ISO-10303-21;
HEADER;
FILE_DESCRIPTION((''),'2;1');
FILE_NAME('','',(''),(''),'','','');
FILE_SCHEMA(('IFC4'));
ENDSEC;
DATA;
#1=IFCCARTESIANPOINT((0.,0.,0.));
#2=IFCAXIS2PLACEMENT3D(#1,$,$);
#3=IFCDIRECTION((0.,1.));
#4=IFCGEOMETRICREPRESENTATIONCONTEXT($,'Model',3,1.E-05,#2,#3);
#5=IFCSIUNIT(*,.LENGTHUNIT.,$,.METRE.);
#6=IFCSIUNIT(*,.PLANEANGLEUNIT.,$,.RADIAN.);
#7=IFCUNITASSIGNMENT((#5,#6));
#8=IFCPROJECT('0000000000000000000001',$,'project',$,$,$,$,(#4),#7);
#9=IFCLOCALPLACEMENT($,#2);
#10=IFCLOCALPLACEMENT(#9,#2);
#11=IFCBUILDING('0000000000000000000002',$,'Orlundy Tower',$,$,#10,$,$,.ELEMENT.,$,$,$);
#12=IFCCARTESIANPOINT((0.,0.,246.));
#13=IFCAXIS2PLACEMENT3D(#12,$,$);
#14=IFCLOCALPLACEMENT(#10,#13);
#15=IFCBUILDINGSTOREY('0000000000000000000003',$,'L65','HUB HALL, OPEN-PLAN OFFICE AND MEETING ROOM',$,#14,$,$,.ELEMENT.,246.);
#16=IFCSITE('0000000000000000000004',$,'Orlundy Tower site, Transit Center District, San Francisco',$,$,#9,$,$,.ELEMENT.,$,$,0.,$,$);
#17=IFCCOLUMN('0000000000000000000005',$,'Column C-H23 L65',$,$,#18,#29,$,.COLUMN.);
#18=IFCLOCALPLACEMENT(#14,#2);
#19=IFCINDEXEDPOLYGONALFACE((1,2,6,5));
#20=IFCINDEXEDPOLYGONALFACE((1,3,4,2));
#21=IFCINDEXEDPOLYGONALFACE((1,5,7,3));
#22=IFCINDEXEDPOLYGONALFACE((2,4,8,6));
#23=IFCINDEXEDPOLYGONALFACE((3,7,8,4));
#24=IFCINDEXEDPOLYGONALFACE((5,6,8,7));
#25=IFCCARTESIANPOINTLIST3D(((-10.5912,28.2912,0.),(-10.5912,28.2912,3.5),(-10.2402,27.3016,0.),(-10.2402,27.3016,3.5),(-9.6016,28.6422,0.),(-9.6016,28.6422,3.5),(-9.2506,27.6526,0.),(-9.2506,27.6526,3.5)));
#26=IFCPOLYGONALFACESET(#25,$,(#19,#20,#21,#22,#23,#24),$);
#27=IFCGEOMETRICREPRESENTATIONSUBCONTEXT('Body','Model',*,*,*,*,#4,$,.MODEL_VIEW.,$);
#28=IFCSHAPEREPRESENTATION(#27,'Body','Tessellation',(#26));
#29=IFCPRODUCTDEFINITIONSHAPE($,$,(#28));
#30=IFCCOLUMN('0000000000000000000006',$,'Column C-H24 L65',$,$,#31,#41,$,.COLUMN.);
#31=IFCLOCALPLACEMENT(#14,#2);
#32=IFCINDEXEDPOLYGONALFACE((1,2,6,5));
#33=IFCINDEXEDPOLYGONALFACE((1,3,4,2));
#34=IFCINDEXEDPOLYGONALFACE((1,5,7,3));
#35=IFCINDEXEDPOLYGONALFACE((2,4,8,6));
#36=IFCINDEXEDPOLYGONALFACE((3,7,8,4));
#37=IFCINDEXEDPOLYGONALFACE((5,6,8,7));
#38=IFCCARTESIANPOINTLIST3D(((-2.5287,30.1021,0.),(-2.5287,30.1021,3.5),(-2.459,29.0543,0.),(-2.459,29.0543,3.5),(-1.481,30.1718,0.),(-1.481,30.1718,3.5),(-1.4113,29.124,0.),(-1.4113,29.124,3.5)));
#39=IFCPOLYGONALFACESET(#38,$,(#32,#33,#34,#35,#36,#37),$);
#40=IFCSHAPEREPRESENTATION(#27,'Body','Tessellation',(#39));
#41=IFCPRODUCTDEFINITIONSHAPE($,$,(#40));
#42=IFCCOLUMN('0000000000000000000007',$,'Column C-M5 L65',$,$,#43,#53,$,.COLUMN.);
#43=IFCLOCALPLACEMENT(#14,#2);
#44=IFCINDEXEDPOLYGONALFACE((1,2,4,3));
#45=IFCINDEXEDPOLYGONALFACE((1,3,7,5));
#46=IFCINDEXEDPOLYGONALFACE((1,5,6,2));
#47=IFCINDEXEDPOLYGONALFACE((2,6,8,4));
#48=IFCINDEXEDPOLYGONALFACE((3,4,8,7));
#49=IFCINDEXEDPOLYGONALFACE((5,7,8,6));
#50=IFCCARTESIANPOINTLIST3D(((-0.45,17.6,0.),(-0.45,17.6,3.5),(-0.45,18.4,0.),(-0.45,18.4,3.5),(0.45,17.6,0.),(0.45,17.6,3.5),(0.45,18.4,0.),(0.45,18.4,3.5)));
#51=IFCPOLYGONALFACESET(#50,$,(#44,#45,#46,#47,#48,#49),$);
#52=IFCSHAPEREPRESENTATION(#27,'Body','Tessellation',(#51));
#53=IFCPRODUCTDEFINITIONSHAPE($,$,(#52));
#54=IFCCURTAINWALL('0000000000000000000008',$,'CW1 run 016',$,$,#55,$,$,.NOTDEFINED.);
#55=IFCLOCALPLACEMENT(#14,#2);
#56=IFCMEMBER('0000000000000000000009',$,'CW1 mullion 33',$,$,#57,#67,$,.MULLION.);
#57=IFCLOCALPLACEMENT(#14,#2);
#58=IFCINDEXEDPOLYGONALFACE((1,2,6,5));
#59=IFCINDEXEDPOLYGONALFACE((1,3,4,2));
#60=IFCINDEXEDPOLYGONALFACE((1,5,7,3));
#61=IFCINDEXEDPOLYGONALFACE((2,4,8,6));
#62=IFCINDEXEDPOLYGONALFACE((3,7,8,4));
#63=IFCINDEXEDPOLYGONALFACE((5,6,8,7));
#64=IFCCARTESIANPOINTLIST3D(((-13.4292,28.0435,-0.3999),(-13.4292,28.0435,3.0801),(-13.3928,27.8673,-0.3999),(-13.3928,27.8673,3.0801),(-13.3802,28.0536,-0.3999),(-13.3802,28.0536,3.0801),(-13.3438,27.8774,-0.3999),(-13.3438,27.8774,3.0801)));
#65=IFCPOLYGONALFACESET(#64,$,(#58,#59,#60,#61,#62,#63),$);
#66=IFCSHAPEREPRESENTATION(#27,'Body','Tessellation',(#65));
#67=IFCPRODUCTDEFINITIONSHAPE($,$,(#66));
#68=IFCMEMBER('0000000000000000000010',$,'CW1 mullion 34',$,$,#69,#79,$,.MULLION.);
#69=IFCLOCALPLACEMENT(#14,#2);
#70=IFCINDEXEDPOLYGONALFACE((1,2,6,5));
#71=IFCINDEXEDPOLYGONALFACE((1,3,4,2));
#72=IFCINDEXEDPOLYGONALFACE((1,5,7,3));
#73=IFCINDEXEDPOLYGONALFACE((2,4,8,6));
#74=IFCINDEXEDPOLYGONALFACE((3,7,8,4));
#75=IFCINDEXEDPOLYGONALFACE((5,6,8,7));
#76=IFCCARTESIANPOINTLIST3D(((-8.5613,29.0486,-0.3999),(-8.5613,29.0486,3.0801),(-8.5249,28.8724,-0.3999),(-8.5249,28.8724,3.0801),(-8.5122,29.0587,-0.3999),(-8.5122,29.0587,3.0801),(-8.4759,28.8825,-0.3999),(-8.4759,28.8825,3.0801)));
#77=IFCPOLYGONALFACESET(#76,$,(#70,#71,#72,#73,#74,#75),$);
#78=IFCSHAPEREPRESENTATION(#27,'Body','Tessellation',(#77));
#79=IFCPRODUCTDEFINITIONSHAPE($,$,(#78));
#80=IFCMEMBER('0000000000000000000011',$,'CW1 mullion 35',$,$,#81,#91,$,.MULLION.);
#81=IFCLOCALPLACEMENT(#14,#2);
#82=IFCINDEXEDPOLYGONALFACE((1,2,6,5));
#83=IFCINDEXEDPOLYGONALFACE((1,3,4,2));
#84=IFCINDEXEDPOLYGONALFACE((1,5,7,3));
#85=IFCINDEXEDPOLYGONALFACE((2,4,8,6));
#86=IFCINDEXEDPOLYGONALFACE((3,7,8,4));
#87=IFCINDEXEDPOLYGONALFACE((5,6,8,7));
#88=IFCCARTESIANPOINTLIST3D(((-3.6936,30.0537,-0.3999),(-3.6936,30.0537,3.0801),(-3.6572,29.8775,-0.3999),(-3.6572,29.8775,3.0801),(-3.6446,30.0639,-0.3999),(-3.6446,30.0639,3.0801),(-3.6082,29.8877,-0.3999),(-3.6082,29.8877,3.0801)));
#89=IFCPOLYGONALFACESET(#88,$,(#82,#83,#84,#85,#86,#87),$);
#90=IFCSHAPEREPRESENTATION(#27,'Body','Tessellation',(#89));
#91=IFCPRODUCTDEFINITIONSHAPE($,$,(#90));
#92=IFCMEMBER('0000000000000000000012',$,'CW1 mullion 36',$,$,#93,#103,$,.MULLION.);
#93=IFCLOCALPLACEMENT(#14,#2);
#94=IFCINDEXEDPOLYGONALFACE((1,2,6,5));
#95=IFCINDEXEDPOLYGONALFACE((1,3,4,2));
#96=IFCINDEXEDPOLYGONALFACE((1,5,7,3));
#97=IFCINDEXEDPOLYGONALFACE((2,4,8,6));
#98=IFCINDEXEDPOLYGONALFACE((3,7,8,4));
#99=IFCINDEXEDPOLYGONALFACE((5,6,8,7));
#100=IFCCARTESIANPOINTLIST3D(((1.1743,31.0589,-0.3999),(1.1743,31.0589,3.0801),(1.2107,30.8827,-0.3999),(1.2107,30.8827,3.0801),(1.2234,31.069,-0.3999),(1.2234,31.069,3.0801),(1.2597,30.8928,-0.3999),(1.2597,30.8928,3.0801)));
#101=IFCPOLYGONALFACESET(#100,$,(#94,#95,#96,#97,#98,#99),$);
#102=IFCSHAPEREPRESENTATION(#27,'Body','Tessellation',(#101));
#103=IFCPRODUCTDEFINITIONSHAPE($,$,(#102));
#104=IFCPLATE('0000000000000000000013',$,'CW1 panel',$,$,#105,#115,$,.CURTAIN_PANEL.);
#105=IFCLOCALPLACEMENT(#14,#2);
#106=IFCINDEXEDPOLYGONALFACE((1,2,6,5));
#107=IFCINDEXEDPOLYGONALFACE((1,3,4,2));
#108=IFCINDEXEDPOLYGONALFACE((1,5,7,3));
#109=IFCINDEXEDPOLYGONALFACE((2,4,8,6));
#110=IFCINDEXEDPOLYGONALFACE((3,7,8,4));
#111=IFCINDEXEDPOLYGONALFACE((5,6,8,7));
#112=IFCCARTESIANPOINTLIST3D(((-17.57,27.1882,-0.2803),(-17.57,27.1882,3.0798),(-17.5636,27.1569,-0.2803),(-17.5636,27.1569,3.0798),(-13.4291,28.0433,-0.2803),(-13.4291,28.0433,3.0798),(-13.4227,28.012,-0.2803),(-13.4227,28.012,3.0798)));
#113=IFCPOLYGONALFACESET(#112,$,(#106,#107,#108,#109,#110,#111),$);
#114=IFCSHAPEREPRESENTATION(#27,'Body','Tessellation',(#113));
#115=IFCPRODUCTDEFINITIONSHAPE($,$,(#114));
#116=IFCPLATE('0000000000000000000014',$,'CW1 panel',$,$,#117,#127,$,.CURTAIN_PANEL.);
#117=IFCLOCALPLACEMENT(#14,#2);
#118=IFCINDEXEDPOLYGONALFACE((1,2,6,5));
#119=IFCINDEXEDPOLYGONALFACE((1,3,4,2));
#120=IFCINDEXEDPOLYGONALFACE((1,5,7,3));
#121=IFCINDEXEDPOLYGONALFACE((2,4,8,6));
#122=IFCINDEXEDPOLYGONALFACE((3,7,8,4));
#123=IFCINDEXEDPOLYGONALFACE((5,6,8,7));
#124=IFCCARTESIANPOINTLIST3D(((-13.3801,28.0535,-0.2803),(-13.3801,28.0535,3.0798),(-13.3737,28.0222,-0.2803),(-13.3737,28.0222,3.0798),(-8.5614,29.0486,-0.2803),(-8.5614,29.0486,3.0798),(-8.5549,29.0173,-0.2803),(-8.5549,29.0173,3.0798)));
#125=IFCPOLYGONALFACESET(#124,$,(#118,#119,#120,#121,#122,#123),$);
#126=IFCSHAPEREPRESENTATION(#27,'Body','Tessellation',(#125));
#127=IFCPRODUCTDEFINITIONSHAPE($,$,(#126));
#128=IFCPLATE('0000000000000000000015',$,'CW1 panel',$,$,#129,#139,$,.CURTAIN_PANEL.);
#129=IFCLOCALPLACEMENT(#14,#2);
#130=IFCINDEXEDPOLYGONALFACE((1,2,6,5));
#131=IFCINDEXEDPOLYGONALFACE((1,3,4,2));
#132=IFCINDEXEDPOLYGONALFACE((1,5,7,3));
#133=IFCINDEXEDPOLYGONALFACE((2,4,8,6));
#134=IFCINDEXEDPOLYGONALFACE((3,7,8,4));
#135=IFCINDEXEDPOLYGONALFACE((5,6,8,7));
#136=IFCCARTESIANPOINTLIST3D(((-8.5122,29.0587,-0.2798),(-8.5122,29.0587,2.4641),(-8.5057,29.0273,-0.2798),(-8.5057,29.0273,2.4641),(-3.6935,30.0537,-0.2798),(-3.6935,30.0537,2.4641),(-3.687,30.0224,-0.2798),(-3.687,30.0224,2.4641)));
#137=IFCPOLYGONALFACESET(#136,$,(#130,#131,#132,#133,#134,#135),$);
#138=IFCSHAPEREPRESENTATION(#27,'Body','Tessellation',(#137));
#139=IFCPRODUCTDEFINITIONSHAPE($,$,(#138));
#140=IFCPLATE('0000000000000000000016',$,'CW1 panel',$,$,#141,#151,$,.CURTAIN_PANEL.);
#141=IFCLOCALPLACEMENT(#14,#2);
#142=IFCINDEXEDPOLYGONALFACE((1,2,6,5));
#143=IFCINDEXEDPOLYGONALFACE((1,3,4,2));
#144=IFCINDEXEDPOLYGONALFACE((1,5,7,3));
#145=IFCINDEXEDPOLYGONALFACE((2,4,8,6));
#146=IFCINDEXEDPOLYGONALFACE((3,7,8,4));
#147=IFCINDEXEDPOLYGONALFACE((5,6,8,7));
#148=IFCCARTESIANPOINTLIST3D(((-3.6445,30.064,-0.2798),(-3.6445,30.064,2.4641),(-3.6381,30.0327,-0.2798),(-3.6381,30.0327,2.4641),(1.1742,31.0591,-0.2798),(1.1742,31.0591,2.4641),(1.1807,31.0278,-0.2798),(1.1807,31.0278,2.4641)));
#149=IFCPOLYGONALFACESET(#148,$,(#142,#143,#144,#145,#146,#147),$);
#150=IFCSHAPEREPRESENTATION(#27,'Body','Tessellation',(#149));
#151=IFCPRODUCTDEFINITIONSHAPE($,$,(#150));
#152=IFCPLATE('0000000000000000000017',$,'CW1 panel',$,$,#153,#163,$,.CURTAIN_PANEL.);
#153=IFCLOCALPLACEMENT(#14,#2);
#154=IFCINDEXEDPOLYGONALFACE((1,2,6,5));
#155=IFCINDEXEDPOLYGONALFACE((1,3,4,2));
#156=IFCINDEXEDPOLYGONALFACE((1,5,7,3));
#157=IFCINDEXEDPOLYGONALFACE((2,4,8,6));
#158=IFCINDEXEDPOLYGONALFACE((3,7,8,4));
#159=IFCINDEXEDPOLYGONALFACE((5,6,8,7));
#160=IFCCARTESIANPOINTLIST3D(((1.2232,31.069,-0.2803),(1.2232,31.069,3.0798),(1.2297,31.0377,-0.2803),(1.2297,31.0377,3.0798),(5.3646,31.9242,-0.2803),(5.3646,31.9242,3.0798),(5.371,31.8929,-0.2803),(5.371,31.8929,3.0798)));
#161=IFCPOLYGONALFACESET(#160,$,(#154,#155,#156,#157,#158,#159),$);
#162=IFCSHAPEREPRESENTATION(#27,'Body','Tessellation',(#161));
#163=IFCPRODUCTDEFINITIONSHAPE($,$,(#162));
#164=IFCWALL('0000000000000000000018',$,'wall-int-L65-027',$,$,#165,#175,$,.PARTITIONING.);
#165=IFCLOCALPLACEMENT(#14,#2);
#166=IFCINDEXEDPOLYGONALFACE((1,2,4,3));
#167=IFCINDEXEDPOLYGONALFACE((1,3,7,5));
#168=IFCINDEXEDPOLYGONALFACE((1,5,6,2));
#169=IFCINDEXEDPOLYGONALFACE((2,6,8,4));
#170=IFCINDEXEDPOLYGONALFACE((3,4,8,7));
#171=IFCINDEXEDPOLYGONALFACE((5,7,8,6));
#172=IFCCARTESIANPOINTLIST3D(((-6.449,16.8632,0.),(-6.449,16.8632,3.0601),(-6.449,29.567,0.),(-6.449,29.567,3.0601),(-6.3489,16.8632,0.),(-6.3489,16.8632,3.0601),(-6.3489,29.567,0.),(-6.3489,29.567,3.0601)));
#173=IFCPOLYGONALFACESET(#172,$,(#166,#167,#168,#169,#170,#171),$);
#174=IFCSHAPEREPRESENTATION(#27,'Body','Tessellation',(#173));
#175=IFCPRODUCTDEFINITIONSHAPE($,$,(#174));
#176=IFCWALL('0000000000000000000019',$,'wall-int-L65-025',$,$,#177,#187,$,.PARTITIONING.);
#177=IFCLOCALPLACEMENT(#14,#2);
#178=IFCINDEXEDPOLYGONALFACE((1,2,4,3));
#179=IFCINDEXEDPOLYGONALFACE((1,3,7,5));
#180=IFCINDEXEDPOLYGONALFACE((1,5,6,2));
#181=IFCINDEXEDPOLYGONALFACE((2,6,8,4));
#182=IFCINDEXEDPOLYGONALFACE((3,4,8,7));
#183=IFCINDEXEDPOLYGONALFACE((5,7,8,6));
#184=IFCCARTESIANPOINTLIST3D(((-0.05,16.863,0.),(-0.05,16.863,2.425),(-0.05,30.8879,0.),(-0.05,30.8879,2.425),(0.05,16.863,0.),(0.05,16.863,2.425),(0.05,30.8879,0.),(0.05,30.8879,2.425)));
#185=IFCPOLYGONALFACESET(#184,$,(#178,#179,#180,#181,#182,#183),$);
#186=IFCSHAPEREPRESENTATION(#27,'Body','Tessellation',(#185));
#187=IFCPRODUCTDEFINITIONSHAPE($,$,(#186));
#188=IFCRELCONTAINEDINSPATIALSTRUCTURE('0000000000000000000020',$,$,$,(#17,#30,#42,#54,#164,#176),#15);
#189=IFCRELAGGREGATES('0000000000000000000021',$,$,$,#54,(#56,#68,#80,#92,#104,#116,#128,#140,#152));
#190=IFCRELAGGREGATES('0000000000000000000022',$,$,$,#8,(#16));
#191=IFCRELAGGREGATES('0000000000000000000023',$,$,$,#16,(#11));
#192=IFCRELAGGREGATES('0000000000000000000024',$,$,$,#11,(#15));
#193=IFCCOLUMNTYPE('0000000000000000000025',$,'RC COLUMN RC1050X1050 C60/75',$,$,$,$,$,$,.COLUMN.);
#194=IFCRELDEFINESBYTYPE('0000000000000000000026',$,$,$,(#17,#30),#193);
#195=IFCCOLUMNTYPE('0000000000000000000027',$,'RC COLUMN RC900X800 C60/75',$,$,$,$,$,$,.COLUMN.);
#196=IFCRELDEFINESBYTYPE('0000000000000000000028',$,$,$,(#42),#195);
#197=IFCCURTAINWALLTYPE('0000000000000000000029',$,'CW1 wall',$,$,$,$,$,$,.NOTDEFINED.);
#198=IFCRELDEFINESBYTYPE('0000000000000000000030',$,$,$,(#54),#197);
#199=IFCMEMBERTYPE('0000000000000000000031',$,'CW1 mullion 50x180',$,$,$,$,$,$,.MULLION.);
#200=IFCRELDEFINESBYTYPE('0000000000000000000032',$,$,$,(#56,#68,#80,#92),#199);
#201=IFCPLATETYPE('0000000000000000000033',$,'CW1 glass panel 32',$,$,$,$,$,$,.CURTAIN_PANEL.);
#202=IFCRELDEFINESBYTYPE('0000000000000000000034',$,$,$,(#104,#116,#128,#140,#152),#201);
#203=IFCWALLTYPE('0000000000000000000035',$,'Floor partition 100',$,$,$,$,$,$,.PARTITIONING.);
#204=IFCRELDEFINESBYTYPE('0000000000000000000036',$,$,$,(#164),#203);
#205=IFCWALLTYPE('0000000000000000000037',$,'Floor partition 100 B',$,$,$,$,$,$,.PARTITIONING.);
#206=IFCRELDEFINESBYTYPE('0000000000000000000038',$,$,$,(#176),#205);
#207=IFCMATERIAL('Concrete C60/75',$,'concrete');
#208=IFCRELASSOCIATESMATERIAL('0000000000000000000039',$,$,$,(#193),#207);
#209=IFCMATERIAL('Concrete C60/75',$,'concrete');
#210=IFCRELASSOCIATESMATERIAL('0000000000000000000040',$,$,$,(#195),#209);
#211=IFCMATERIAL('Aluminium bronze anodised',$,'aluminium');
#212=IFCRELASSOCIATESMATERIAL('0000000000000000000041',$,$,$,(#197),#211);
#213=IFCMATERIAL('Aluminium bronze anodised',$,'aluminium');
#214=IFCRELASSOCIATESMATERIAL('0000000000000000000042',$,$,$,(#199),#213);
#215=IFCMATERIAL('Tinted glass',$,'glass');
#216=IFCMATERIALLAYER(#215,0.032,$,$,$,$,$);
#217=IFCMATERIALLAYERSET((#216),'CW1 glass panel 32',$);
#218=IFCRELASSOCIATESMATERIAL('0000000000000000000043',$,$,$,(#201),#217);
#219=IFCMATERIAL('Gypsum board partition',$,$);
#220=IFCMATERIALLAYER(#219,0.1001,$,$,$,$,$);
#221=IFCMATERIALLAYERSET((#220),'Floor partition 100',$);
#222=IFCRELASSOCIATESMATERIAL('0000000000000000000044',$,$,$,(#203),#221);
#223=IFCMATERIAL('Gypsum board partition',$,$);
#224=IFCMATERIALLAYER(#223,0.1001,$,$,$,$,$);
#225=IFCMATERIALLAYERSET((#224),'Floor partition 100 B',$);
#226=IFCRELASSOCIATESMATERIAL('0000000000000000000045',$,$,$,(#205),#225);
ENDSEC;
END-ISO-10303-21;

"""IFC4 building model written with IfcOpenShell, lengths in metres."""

from ifc_helpers import new_model, si_unit, direction, frame, frame_2d, origin, origin_2d, place, context, subcontext, project, spatial, rectangle, extrude, material, layer, layer_set, material_profile, profile_set, type_object, element, aggregate, save


model = new_model("IFC4")

# Units and contexts
model_context = context("Model", 3, precision=1e-05, world=origin(), true_north=direction((0.0, 1.0)))
body_context = subcontext(model_context, "Body", "Model", "MODEL_VIEW")
ifc_project = project(units=[si_unit("LENGTHUNIT", "METRE"), si_unit("PLANEANGLEUNIT", "RADIAN")], contexts=[model_context])

# Site, building, storey
site_placement = place(None, origin())
site = spatial("IfcSite", under=ifc_project, at=site_placement, Name="Orlundy Tower site, Transit Center District, San Francisco", CompositionType="ELEMENT", RefElevation=0.0)
building_placement = place(site_placement, origin())
building = spatial("IfcBuilding", under=site, at=building_placement, Name="Orlundy Tower", CompositionType="ELEMENT")
storey_placement = place(building_placement, frame((0.0, 0.0, 246.0)))
storey = spatial("IfcBuildingStorey", under=building, at=storey_placement, Name="L65", Description="HUB HALL, OPEN-PLAN OFFICE AND MEETING ROOM", CompositionType="ELEMENT", Elevation=246.0)

# Columns
ifc_material_1 = material(Name="Concrete C60/75", Category="concrete")
ifc_material_profile_1 = material_profile(ifc_material_1, rectangle(XDim=1.05, YDim=1.05, at=origin_2d()), Name="RC1050X1050")
ifc_profile_set_1 = profile_set([ifc_material_profile_1], Name="Concrete C60/75")
column_type_1 = type_object("IfcColumnType", Name="RC COLUMN RC1050X1050 C60/75", PredefinedType="COLUMN", material=ifc_profile_set_1)
for number, where, z_axis, x_axis, name in (
    (1, (-9.9209, 27.9719, 0.0), (0.0, 0.0, 1.0), (-0.334267, 0.942478, 0.0), "Column C-H23 L65"),
    (2, (-1.97, 29.613, 0.0), (0.0, 0.0, 1.0), (-0.066378, 0.997795, 0.0), "Column C-H24 L65"),
):
    element("IfcColumn", number, at=place(storey_placement, frame(where, z_axis=z_axis, x_axis=x_axis)), inside=storey, type_object=column_type_1, Name=name, PredefinedType="COLUMN", context=body_context, shape_type="SweptSolid", body=[
        extrude(rectangle(XDim=1.05, YDim=1.05, at=origin_2d()), origin(), (0.0, 0.0, 1.0), 3.5),
    ])
ifc_material_2 = material(Name="Concrete C60/75", Category="concrete")
ifc_material_profile_2 = material_profile(ifc_material_2, rectangle(XDim=0.8999, YDim=0.8, at=origin_2d()), Name="RC900X800")
ifc_profile_set_2 = profile_set([ifc_material_profile_2], Name="Concrete C60/75")
column_type_2 = type_object("IfcColumnType", Name="RC COLUMN RC900X800 C60/75", PredefinedType="COLUMN", material=ifc_profile_set_2)
column_placement = place(storey_placement, frame((0.0, 18.0, 0.0), z_axis=(0.0, 0.0, 1.0), x_axis=(1.0, 0.0, 0.0)))
element("IfcColumn", 3, at=column_placement, inside=storey, type_object=column_type_2, Name="Column C-M5 L65", PredefinedType="COLUMN", context=body_context, shape_type="SweptSolid", body=[
    extrude(rectangle(XDim=0.8999, YDim=0.8, at=origin_2d()), origin(), (0.0, 0.0, 1.0), 3.5),
])

# Curtain wall, members, plates
ifc_material_3 = material(Name="Aluminium bronze anodised", Category="aluminium")
curtain_wall_type = type_object("IfcCurtainWallType", Name="CW1 wall", PredefinedType="NOTDEFINED", material=ifc_material_3)
curtain_wall_placement = place(storey_placement, origin())
curtain_wall = element("IfcCurtainWall", 4, at=curtain_wall_placement, inside=storey, type_object=curtain_wall_type, Name="CW1 run 016", PredefinedType="NOTDEFINED")
ifc_material_4 = material(Name="Aluminium bronze anodised", Category="aluminium")
ifc_material_profile_3 = material_profile(ifc_material_4, rectangle(XDim=0.1799, YDim=0.05, at=origin_2d()), Name="CW1 mullion 50x180")
ifc_profile_set_3 = profile_set([ifc_material_profile_3], Name="Aluminium bronze anodised")
member_type = type_object("IfcMemberType", Name="CW1 mullion 50x180", PredefinedType="MULLION", material=ifc_profile_set_3)
member_1_placement = place(storey_placement, frame((-13.3865, 27.9604, -0.3999), z_axis=(0.0, 0.0, 1.0), x_axis=(-0.202233, 0.979337, 0.0)))
member_1 = element("IfcMember", 5, at=member_1_placement, type_object=member_type, Name="CW1 mullion 33", PredefinedType="MULLION", context=body_context, shape_type="SweptSolid", body=[
    extrude(rectangle(XDim=0.1799, YDim=0.05, at=origin_2d()), origin(), (0.0, 0.0, 1.0), 3.48),
])
member_2_placement = place(storey_placement, frame((-8.5186, 28.9656, -0.3999), z_axis=(0.0, 0.0, 1.0), x_axis=(-0.202233, 0.979337, 0.0)))
member_2 = element("IfcMember", 6, at=member_2_placement, type_object=member_type, Name="CW1 mullion 34", PredefinedType="MULLION", context=body_context, shape_type="SweptSolid", body=[
    extrude(rectangle(XDim=0.1799, YDim=0.05, at=origin_2d()), origin(), (0.0, 0.0, 1.0), 3.48),
])
member_3_placement = place(storey_placement, frame((-3.6509, 29.9707, -0.3999), z_axis=(0.0, 0.0, 1.0), x_axis=(-0.202233, 0.979337, 0.0)))
member_3 = element("IfcMember", 7, at=member_3_placement, type_object=member_type, Name="CW1 mullion 35", PredefinedType="MULLION", context=body_context, shape_type="SweptSolid", body=[
    extrude(rectangle(XDim=0.1799, YDim=0.05, at=origin_2d()), origin(), (0.0, 0.0, 1.0), 3.48),
])
member_4_placement = place(storey_placement, frame((1.217, 30.9758, -0.3999), z_axis=(0.0, 0.0, 1.0), x_axis=(-0.202233, 0.979337, 0.0)))
member_4 = element("IfcMember", 8, at=member_4_placement, type_object=member_type, Name="CW1 mullion 36", PredefinedType="MULLION", context=body_context, shape_type="SweptSolid", body=[
    extrude(rectangle(XDim=0.1799, YDim=0.05, at=origin_2d()), origin(), (0.0, 0.0, 1.0), 3.48),
])
ifc_material_5 = material(Name="Tinted glass", Category="glass")
ifc_layer_1 = layer(ifc_material_5, 0.032)
ifc_layer_set_1 = layer_set([ifc_layer_1], Name="CW1 glass panel 32")
plate_type = type_object("IfcPlateType", Name="CW1 glass panel 32", PredefinedType="CURTAIN_PANEL", material=ifc_layer_set_1)
plate_1_placement = place(storey_placement, frame((-15.4963, 27.6001, -0.2803), z_axis=(0.0, 0.0, 1.0), x_axis=(0.979337, 0.202233, 0.0)))
plate_1 = element("IfcPlate", 9, at=plate_1_placement, type_object=plate_type, Name="CW1 panel", PredefinedType="CURTAIN_PANEL", context=body_context, shape_type="SweptSolid", body=[
    extrude(rectangle(XDim=4.2283, YDim=0.032, at=origin_2d()), origin(), (0.0, 0.0, 1.0), 3.3601),
])
plate_2_placement = place(storey_placement, frame((-10.9675, 28.5354, -0.2803), z_axis=(0.0, 0.0, 1.0), x_axis=(0.979337, 0.202233, 0.0)))
plate_2 = element("IfcPlate", 10, at=plate_2_placement, type_object=plate_type, Name="CW1 panel", PredefinedType="CURTAIN_PANEL", context=body_context, shape_type="SweptSolid", body=[
    extrude(rectangle(XDim=4.9204, YDim=0.032, at=origin_2d()), origin(), (0.0, 0.0, 1.0), 3.3601),
])
plate_3_placement = place(storey_placement, frame((-6.0996, 29.5405, -0.2798), z_axis=(0.0, 0.0, 1.0), x_axis=(0.979337, 0.202233, 0.0)))
plate_3 = element("IfcPlate", 11, at=plate_3_placement, type_object=plate_type, Name="CW1 panel", PredefinedType="CURTAIN_PANEL", context=body_context, shape_type="SweptSolid", body=[
    extrude(rectangle(XDim=4.9204, YDim=0.032, at=origin_2d()), origin(), (0.0, 0.0, 1.0), 2.7439),
])
plate_4_placement = place(storey_placement, frame((-1.2319, 30.5459, -0.2798), z_axis=(0.0, 0.0, 1.0), x_axis=(0.979337, 0.202233, 0.0)))
plate_4 = element("IfcPlate", 12, at=plate_4_placement, type_object=plate_type, Name="CW1 panel", PredefinedType="CURTAIN_PANEL", context=body_context, shape_type="SweptSolid", body=[
    extrude(rectangle(XDim=4.9204, YDim=0.032, at=origin_2d()), origin(), (0.0, 0.0, 1.0), 2.7439),
])
plate_5_placement = place(storey_placement, frame((3.2971, 31.481, -0.2803), z_axis=(0.0, 0.0, 1.0), x_axis=(0.979337, 0.202233, 0.0)))
plate_5 = element("IfcPlate", 13, at=plate_5_placement, type_object=plate_type, Name="CW1 panel", PredefinedType="CURTAIN_PANEL", context=body_context, shape_type="SweptSolid", body=[
    extrude(rectangle(XDim=4.2288, YDim=0.032, at=origin_2d()), origin(), (0.0, 0.0, 1.0), 3.3601),
])
aggregate(curtain_wall, [member_1, member_2, member_3, member_4, plate_1, plate_2, plate_3, plate_4, plate_5])

# Walls
ifc_material_6 = material(Name="Gypsum board partition")
ifc_layer_2 = layer(ifc_material_6, 0.1001)
ifc_layer_set_2 = layer_set([ifc_layer_2], Name="Floor partition 100")
wall_type_1 = type_object("IfcWallType", Name="Floor partition 100", PredefinedType="PARTITIONING", material=ifc_layer_set_2)
wall_1_placement = place(storey_placement, frame((-6.3989, 16.863, 0.0), z_axis=(0.0, 0.0, 1.0), x_axis=(0.0, 1.0, 0.0)))
element("IfcWall", 14, at=wall_1_placement, inside=storey, type_object=wall_type_1, Name="wall-int-L65-027", PredefinedType="PARTITIONING", context=body_context, shape_type="SweptSolid", body=[
    extrude(rectangle(XDim=12.7039, YDim=0.1001, at=frame_2d((6.3521, 0.0))), origin(), (0.0, 0.0, 1.0), 3.0601),
])
ifc_material_7 = material(Name="Gypsum board partition")
ifc_layer_3 = layer(ifc_material_7, 0.1001)
ifc_layer_set_3 = layer_set([ifc_layer_3], Name="Floor partition 100 B")
wall_type_2 = type_object("IfcWallType", Name="Floor partition 100 B", PredefinedType="PARTITIONING", material=ifc_layer_set_3)
wall_2_placement = place(storey_placement, frame((0.0, 16.863, 0.0), z_axis=(0.0, 0.0, 1.0), x_axis=(0.0, 1.0, 0.0)))
element("IfcWall", 15, at=wall_2_placement, inside=storey, type_object=wall_type_2, Name="wall-int-L65-025", PredefinedType="PARTITIONING", context=body_context, shape_type="SweptSolid", body=[
    extrude(rectangle(XDim=14.0249, YDim=0.1001, at=frame_2d((7.0125, 0.0))), origin(), (0.0, 0.0, 1.0), 2.425),
])

save(model, "model.ifc")
